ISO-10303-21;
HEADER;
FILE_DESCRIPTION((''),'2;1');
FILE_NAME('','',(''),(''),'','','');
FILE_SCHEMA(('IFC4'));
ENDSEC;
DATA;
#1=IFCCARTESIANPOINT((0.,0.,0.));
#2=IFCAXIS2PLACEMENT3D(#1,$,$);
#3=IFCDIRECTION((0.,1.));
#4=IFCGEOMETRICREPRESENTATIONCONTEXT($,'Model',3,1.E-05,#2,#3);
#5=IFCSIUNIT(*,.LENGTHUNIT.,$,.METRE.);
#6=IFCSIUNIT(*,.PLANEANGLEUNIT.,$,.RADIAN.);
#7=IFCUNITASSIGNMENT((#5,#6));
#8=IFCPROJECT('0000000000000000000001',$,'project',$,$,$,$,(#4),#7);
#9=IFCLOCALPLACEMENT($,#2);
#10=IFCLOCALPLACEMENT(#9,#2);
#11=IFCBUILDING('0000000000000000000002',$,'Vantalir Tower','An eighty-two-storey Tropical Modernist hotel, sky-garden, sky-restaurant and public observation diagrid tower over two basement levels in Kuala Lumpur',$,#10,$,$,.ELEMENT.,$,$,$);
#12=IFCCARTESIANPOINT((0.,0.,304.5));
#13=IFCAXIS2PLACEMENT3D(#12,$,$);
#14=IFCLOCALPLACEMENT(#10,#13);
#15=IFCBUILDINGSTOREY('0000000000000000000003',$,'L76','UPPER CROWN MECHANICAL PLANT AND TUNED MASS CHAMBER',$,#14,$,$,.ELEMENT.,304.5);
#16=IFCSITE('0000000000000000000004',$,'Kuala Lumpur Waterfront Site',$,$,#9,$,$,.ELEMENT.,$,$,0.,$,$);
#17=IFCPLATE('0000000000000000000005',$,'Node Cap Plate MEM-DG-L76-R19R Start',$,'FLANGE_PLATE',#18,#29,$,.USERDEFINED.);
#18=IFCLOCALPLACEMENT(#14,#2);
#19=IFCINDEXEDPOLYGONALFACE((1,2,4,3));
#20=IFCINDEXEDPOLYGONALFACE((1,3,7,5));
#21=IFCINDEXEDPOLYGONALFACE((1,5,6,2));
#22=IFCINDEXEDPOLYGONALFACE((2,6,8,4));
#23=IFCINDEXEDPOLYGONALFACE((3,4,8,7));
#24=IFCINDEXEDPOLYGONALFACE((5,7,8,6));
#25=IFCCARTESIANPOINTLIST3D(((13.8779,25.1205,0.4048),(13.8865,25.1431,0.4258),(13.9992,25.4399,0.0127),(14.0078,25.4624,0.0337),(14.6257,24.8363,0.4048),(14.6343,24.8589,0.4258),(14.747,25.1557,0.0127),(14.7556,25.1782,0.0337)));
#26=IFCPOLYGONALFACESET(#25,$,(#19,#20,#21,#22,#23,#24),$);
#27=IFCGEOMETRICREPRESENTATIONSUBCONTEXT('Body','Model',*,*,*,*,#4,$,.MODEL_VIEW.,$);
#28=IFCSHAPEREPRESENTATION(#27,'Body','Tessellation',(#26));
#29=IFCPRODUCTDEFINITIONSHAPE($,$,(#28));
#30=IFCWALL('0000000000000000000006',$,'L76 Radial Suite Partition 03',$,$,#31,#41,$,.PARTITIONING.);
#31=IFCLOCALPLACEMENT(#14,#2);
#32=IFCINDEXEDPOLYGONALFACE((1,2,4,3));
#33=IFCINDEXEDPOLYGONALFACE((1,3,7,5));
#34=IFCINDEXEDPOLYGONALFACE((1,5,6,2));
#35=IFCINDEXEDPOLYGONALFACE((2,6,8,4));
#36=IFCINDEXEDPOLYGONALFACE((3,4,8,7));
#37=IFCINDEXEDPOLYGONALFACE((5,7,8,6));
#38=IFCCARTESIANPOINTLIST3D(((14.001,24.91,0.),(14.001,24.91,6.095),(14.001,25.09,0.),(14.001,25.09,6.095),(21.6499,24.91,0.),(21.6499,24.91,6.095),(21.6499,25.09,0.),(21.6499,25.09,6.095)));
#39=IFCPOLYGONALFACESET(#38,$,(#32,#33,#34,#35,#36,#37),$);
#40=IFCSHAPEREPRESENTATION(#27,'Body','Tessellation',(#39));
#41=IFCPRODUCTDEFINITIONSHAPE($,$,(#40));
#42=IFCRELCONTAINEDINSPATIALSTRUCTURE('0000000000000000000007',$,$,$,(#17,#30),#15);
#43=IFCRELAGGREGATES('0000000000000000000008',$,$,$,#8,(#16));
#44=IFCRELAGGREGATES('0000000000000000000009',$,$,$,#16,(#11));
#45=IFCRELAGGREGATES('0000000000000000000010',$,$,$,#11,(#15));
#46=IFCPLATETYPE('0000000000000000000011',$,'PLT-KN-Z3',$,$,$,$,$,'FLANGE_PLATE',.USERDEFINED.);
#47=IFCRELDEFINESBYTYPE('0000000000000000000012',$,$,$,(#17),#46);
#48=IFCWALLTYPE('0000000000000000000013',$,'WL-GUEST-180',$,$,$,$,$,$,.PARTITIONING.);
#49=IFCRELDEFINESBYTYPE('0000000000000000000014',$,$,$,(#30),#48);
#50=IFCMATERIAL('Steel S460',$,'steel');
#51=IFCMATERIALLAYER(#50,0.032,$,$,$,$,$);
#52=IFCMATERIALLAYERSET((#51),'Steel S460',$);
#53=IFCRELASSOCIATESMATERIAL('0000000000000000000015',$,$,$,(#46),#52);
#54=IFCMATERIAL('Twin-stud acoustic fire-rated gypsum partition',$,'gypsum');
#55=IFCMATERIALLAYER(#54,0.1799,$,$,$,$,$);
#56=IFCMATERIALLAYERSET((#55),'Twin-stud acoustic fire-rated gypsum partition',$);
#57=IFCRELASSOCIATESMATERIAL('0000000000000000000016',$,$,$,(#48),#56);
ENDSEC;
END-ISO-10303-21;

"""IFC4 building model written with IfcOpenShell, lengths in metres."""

from ifc_helpers import new_model, si_unit, direction, frame, frame_2d, origin, place, context, subcontext, project, spatial, polyline, rectangle, outline, extrude, material, layer, layer_set, type_object, element, save


model = new_model("IFC4")

# Units and contexts
model_context = context("Model", 3, precision=1e-05, world=origin(), true_north=direction((0.0, 1.0)))
body_context = subcontext(model_context, "Body", "Model", "MODEL_VIEW")
ifc_project = project(units=[si_unit("LENGTHUNIT", "METRE"), si_unit("PLANEANGLEUNIT", "RADIAN")], contexts=[model_context])

# Site, building, storey
site_placement = place(None, origin())
site = spatial("IfcSite", under=ifc_project, at=site_placement, Name="Kuala Lumpur Waterfront Site", CompositionType="ELEMENT", RefElevation=0.0)
building_placement = place(site_placement, origin())
building = spatial("IfcBuilding", under=site, at=building_placement, Name="Vantalir Tower", Description="An eighty-two-storey Tropical Modernist hotel, sky-garden, sky-restaurant and public observation diagrid tower over two basement levels in Kuala Lumpur", CompositionType="ELEMENT")
storey_placement = place(building_placement, frame((0.0, 0.0, 304.5)))
storey = spatial("IfcBuildingStorey", under=building, at=storey_placement, Name="L76", Description="UPPER CROWN MECHANICAL PLANT AND TUNED MASS CHAMBER", CompositionType="ELEMENT", Elevation=304.5)

# Shared definitions
ifc_material_1 = material(Name="Steel S460", Category="steel")

# Plate
ifc_layer_1 = layer(ifc_material_1, 0.032)
ifc_layer_set_1 = layer_set([ifc_layer_1], Name="Steel S460")
plate_type_1 = type_object("IfcPlateType", Name="PLT-KN-Z3", ElementType="FLANGE_PLATE", PredefinedType="USERDEFINED", material=ifc_layer_set_1)
plate_1_placement = place(storey_placement, frame((14.7556, 25.1782, 0.0337), z_axis=(0.267837, 0.704797, 0.656905), x_axis=(-0.934778, 0.355234, 0.0)))
element("IfcPlate", 1, at=plate_1_placement, inside=storey, type_object=plate_type_1, Name="Node Cap Plate MEM-DG-L76-R19R Start", ObjectType="FLANGE_PLATE", PredefinedType="USERDEFINED", context=body_context, shape_type="SweptSolid", body=[
    extrude(outline(polyline([(0.0, 0.0), (0.8, 0.0), (0.8, 0.52), (0.0, 0.52), (0.0, 0.0)])), origin(), (0.0, 0.0, -1.0), 0.032),
])

# Wall
ifc_material_2 = material(Name="Twin-stud acoustic fire-rated gypsum partition", Category="gypsum")
ifc_layer_2 = layer(ifc_material_2, 0.1799)
ifc_layer_set_2 = layer_set([ifc_layer_2], Name="Twin-stud acoustic fire-rated gypsum partition")
wall_type = type_object("IfcWallType", Name="WL-GUEST-180", PredefinedType="PARTITIONING", material=ifc_layer_set_2)
wall_placement = place(storey_placement, frame((21.6499, 25.0, 0.0), z_axis=(0.0, 0.0, 1.0), x_axis=(-1.0, 0.0, 0.0)))
element("IfcWall", 2, at=wall_placement, inside=storey, type_object=wall_type, Name="L76 Radial Suite Partition 03", PredefinedType="PARTITIONING", context=body_context, shape_type="SweptSolid", body=[
    extrude(rectangle(XDim=7.6489, YDim=0.1799, at=frame_2d((3.8245, 0.0))), origin(), (0.0, 0.0, 1.0), 6.095),
])

save(model, "model.ifc")
